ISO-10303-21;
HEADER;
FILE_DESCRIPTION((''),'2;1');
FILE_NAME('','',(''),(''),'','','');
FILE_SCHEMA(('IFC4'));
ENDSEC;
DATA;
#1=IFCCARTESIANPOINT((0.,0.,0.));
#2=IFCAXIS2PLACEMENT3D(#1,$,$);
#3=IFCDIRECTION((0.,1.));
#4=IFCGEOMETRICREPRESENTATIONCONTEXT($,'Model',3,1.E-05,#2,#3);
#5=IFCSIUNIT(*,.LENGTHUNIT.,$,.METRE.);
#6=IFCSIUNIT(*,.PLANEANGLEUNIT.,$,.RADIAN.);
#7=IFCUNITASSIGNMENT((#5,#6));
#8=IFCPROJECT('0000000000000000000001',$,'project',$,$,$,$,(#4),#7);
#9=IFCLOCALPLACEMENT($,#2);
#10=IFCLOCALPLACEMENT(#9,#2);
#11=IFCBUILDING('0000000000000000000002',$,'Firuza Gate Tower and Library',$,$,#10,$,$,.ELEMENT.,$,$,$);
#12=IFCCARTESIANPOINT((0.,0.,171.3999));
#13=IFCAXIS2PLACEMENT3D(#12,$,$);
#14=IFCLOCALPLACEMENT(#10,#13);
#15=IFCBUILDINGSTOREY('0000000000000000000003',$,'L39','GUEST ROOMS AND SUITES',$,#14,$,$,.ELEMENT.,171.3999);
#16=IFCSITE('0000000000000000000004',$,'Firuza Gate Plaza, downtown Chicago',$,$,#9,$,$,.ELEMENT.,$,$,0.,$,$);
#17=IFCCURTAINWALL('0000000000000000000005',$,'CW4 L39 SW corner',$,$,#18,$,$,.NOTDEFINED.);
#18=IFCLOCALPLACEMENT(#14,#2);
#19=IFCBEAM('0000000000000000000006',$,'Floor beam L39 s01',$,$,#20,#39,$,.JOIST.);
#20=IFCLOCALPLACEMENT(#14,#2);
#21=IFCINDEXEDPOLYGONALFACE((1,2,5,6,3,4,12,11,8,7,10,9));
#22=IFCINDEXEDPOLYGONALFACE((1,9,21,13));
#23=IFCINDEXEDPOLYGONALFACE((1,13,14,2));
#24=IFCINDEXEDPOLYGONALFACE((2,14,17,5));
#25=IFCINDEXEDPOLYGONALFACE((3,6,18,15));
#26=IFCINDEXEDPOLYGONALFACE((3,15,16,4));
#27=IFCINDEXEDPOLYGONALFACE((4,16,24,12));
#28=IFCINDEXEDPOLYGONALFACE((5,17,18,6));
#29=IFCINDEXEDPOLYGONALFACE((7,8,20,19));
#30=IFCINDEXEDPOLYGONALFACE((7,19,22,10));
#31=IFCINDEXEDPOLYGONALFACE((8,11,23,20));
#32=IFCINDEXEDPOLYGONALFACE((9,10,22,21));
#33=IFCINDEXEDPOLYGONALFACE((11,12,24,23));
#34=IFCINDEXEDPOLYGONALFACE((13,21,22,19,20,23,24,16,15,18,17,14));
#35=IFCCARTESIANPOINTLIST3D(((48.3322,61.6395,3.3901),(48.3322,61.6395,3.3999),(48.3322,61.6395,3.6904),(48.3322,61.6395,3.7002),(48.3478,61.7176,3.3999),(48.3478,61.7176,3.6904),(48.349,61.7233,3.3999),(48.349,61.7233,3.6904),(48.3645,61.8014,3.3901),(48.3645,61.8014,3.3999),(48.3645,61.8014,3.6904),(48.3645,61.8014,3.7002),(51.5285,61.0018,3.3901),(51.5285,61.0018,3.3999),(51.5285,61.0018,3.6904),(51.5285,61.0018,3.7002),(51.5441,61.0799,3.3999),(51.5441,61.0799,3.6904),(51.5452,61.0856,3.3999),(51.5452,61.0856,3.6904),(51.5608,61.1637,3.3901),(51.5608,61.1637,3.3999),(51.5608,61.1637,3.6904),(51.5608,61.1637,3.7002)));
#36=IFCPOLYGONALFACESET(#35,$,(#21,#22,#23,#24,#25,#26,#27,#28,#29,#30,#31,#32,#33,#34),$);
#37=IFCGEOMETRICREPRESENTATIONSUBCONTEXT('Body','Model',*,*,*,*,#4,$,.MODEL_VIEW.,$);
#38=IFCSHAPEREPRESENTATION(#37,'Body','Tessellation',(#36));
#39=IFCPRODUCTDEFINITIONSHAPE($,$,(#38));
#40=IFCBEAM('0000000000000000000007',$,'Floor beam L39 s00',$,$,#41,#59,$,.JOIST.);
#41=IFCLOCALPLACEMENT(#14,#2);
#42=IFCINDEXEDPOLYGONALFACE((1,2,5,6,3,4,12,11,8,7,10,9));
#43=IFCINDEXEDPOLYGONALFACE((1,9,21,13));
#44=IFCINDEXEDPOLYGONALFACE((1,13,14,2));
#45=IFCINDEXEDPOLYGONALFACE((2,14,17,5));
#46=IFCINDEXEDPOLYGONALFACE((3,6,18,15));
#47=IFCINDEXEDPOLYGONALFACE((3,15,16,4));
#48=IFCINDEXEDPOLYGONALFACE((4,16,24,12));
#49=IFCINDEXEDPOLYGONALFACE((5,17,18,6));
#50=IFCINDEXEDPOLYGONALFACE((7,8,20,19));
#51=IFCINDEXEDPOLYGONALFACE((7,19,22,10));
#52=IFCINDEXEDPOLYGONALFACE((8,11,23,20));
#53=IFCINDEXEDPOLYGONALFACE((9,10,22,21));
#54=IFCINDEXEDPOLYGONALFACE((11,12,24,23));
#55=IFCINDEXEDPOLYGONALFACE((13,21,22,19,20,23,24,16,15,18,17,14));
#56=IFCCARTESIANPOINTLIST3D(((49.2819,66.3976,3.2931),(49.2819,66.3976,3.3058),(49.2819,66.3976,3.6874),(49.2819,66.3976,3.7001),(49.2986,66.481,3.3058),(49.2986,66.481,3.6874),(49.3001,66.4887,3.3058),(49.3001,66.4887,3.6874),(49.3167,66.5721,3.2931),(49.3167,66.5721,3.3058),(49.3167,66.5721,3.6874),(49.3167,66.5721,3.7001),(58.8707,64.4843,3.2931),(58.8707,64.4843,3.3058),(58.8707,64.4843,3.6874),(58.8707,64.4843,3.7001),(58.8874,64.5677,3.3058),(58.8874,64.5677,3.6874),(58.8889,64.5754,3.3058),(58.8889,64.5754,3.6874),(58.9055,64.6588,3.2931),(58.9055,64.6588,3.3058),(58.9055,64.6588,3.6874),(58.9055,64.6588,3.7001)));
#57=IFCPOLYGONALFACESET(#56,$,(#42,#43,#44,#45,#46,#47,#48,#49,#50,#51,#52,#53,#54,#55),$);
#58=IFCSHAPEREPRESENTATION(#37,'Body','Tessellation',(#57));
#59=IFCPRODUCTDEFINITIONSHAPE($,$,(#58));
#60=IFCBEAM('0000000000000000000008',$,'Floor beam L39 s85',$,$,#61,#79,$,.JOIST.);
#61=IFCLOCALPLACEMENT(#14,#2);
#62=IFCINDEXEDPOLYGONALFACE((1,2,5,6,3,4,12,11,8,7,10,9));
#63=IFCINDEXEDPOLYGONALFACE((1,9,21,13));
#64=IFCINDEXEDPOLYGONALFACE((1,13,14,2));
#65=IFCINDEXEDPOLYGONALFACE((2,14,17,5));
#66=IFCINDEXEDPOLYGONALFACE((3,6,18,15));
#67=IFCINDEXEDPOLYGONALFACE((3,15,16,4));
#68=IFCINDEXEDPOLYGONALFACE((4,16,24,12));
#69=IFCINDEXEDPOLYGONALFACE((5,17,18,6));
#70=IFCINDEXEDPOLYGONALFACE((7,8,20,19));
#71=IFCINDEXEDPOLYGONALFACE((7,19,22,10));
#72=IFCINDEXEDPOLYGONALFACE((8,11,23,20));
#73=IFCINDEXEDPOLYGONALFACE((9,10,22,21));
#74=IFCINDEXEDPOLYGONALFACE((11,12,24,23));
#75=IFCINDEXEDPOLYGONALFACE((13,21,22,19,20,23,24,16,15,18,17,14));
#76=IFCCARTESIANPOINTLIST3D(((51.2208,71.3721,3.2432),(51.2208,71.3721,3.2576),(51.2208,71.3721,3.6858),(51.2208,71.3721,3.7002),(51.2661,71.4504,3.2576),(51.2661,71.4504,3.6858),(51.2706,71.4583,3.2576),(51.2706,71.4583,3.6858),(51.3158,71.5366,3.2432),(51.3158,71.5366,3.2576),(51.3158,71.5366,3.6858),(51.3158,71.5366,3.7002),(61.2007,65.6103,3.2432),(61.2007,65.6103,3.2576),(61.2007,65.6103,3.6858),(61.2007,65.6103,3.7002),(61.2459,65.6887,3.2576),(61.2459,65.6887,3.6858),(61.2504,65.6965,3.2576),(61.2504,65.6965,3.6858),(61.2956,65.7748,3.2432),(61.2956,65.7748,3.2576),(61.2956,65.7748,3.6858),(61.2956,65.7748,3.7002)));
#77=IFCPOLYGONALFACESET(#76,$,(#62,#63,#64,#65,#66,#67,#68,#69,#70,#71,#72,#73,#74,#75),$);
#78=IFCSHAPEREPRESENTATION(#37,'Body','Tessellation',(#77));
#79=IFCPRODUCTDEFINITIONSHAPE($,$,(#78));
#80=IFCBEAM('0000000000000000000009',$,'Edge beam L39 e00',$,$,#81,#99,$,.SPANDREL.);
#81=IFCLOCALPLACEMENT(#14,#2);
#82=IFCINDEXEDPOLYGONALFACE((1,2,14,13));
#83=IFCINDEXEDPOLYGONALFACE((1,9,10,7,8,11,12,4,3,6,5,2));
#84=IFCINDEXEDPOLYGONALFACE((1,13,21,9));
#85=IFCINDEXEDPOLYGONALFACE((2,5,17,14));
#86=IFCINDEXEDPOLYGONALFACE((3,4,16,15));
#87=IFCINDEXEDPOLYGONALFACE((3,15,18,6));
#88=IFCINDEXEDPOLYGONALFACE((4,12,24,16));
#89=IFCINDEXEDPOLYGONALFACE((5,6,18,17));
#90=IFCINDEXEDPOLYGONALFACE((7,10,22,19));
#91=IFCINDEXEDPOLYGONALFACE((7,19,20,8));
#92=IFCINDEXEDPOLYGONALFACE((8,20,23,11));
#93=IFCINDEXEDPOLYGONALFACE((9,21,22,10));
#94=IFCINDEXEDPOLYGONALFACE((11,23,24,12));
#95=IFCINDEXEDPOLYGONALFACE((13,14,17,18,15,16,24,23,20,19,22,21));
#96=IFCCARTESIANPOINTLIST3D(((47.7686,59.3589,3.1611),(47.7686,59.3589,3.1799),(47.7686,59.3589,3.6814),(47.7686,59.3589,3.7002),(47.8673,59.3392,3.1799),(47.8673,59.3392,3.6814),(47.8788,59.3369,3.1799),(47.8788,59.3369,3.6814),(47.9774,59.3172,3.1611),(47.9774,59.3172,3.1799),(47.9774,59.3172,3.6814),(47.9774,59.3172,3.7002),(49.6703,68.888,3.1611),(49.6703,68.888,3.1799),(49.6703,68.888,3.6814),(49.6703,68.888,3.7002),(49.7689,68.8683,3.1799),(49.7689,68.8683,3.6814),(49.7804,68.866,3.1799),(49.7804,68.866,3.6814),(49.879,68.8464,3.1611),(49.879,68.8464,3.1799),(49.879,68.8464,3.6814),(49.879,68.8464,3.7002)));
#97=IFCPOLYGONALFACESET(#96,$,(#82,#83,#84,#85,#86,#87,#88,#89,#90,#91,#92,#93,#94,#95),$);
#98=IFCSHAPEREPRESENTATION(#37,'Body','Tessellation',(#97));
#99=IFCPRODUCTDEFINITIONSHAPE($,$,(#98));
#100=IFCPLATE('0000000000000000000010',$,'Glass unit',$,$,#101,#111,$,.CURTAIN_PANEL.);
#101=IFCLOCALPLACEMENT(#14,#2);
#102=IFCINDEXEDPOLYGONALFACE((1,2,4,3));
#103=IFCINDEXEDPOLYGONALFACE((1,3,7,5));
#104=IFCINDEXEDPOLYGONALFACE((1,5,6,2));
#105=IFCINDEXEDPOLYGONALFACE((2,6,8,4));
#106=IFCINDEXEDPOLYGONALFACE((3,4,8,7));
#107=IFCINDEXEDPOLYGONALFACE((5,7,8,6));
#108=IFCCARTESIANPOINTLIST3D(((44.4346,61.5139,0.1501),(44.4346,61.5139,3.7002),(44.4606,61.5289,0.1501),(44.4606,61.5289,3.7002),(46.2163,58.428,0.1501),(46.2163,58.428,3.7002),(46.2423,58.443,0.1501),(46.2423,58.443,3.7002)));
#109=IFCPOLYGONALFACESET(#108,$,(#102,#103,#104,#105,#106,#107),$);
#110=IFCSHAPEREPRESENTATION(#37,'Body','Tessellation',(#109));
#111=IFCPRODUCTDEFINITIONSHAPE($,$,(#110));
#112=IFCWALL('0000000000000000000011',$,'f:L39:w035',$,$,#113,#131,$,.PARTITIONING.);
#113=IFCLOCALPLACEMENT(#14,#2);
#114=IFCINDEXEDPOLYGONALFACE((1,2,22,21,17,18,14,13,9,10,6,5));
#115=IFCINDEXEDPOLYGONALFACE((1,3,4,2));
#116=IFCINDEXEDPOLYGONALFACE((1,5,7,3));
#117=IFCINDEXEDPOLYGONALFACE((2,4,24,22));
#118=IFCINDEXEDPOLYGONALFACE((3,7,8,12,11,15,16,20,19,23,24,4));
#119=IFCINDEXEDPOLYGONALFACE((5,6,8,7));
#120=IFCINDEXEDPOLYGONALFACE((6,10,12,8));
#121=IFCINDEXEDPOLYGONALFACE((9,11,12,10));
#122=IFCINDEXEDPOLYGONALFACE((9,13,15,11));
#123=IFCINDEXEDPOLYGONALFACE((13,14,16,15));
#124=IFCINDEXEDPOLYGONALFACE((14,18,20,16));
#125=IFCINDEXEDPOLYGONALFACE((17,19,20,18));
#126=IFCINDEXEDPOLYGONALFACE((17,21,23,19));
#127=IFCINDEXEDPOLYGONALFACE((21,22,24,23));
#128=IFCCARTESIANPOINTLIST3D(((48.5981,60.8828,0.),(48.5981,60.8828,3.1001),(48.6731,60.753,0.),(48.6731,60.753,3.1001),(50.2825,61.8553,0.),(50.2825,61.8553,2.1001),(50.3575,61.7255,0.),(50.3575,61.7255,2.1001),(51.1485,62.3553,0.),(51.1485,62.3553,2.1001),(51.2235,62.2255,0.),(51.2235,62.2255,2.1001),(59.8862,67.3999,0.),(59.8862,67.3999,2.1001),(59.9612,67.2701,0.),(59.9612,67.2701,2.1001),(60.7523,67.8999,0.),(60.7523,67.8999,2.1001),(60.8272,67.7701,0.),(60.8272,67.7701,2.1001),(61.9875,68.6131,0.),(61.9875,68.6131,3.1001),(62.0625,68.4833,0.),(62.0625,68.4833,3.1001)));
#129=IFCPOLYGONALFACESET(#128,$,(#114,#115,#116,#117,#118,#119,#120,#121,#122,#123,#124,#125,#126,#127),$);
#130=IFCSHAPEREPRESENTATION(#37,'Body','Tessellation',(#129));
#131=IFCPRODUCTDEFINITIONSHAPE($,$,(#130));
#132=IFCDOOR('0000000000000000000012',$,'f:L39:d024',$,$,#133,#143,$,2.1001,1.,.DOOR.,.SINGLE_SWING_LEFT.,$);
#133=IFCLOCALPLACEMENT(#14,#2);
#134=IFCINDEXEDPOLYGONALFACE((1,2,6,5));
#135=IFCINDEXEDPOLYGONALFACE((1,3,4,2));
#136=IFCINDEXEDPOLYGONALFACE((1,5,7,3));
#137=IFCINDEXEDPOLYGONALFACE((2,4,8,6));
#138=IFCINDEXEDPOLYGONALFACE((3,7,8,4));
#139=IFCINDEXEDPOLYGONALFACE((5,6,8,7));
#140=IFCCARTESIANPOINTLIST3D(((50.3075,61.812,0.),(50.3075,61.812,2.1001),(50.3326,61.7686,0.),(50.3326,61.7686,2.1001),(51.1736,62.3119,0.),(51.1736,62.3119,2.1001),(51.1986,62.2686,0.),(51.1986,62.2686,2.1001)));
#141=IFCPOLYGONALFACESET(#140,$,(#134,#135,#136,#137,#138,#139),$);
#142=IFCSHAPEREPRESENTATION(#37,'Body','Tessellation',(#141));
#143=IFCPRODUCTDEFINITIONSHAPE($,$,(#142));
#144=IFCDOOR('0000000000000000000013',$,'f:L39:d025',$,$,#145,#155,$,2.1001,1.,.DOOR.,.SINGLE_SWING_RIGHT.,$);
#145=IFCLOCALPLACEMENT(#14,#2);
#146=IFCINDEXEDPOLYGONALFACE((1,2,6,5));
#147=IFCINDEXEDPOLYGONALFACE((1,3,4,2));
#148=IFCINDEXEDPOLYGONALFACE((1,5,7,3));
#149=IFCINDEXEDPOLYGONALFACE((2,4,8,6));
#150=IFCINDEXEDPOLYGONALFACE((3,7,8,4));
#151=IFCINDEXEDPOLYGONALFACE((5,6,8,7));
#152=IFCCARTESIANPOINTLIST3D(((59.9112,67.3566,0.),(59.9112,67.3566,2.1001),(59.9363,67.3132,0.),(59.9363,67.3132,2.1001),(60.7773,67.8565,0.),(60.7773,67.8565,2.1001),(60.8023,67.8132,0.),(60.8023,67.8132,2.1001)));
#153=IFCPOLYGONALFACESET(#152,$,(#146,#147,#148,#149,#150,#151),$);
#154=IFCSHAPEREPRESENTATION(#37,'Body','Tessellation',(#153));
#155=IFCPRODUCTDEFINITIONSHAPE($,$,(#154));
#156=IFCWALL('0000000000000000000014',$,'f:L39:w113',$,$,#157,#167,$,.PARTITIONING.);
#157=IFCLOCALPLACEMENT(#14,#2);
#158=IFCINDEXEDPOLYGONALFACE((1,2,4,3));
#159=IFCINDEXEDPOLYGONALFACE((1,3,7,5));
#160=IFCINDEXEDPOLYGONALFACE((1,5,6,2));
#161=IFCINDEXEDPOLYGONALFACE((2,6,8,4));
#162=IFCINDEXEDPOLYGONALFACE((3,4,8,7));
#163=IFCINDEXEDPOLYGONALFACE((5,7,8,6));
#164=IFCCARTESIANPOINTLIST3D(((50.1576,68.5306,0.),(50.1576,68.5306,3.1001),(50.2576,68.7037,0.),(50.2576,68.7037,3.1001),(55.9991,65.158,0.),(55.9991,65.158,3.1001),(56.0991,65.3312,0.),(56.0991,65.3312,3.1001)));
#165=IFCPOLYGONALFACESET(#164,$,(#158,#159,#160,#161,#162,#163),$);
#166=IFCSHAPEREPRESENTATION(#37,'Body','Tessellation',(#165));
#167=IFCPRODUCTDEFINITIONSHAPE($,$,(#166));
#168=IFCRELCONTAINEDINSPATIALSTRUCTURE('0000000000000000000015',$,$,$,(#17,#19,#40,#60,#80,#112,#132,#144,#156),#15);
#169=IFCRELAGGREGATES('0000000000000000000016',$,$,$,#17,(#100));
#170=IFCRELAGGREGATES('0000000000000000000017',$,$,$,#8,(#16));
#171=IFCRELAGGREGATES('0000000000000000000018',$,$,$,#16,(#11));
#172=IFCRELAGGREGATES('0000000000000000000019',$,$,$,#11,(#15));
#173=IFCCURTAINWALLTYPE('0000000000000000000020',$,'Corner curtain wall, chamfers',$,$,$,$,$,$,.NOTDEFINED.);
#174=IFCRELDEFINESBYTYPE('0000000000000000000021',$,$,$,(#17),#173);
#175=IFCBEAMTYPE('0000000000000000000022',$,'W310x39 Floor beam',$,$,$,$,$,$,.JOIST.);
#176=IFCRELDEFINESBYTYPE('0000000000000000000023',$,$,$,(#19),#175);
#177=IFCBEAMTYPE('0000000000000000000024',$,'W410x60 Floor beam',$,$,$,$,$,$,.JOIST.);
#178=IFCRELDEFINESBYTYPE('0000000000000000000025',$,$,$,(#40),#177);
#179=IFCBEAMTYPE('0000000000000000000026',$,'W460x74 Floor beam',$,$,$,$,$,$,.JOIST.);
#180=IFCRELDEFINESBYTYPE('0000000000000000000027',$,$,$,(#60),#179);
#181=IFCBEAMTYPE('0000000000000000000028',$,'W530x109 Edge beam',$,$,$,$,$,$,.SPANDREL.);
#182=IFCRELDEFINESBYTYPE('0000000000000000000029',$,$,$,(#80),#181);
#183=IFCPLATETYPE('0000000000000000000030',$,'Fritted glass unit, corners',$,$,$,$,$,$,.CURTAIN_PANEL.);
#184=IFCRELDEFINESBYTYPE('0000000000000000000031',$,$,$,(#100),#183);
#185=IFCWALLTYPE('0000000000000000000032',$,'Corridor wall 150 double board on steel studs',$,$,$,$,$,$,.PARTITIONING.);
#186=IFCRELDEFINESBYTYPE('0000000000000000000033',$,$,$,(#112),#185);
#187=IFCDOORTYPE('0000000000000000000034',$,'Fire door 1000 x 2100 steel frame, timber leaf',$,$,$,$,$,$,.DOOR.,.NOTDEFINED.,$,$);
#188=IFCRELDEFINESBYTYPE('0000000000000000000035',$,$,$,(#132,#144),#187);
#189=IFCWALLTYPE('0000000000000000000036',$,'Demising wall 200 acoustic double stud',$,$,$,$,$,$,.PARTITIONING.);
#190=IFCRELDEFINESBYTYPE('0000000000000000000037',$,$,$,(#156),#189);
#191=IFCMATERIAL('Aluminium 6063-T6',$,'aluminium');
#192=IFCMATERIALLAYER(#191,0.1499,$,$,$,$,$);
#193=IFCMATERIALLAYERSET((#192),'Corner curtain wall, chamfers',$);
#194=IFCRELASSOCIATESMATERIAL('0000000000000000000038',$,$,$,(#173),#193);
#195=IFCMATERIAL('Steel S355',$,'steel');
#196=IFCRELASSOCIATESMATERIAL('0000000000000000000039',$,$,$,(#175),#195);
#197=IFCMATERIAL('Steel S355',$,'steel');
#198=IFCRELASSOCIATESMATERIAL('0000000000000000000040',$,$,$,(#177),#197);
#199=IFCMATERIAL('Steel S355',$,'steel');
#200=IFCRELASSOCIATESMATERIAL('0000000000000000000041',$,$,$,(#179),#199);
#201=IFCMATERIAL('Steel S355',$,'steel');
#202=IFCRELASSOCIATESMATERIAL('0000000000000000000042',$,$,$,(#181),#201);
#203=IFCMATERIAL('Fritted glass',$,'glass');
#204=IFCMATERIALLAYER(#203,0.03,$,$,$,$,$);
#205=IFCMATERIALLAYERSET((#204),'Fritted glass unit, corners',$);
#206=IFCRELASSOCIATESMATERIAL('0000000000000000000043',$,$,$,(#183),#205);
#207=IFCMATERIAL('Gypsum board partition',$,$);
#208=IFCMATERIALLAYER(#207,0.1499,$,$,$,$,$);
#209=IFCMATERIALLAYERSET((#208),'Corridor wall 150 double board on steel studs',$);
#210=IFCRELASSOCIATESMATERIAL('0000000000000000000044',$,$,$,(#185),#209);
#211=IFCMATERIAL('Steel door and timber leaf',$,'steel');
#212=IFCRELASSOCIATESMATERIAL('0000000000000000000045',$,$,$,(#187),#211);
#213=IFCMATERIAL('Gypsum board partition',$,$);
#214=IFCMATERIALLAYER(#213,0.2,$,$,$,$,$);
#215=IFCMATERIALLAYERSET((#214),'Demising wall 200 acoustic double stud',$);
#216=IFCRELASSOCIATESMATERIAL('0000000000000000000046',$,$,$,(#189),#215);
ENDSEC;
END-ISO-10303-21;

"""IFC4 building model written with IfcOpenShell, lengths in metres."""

from ifc_helpers import new_model, si_unit, direction, frame, frame_2d, origin, origin_2d, place, context, subcontext, project, spatial, polyline, rectangle, i_section, outline, extrude, material, layer, layer_set, material_profile, profile_set, type_object, element, fill, aggregate, save


model = new_model("IFC4")

# Units and contexts
model_context = context("Model", 3, precision=1e-05, world=origin(), true_north=direction((0.0, 1.0)))
body_context = subcontext(model_context, "Body", "Model", "MODEL_VIEW")
ifc_project = project(units=[si_unit("LENGTHUNIT", "METRE"), si_unit("PLANEANGLEUNIT", "RADIAN")], contexts=[model_context])

# Site, building, storey
site_placement = place(None, origin())
site = spatial("IfcSite", under=ifc_project, at=site_placement, Name="Firuza Gate Plaza, downtown Chicago", CompositionType="ELEMENT", RefElevation=0.0)
building_placement = place(site_placement, origin())
building = spatial("IfcBuilding", under=site, at=building_placement, Name="Firuza Gate Tower and Library", CompositionType="ELEMENT")
storey_placement = place(building_placement, frame((0.0, 0.0, 171.3999)))
storey = spatial("IfcBuildingStorey", under=building, at=storey_placement, Name="L39", Description="GUEST ROOMS AND SUITES", CompositionType="ELEMENT", Elevation=171.3999)

# Curtain wall
ifc_material_1 = material(Name="Aluminium 6063-T6", Category="aluminium")
ifc_layer_1 = layer(ifc_material_1, 0.1499)
ifc_layer_set_1 = layer_set([ifc_layer_1], Name="Corner curtain wall, chamfers")
curtain_wall_type = type_object("IfcCurtainWallType", Name="Corner curtain wall, chamfers", PredefinedType="NOTDEFINED", material=ifc_layer_set_1)
curtain_wall_placement = place(storey_placement, origin())
curtain_wall = element("IfcCurtainWall", 1, at=curtain_wall_placement, inside=storey, type_object=curtain_wall_type, Name="CW4 L39 SW corner", PredefinedType="NOTDEFINED")

# Beams
ifc_material_2 = material(Name="Steel S355", Category="steel")
ifc_material_profile_1 = material_profile(ifc_material_2, i_section(OverallWidth=0.165, OverallDepth=0.3101, WebThickness=0.0059, FlangeThickness=0.0098, at=origin_2d()))
ifc_profile_set_1 = profile_set([ifc_material_profile_1], Name="Steel S355")
beam_type_1 = type_object("IfcBeamType", Name="W310x39 Floor beam", PredefinedType="JOIST", material=ifc_profile_set_1)
beam_1_placement = place(storey_placement, frame((48.3484, 61.7205, 3.5452), z_axis=(0.980673, -0.195655, 0.0), x_axis=(0.195655, 0.980673, 0.0)))
element("IfcBeam", 2, at=beam_1_placement, inside=storey, type_object=beam_type_1, Name="Floor beam L39 s01", PredefinedType="JOIST", context=body_context, shape_type="SweptSolid", body=[
    extrude(i_section(OverallWidth=0.165, OverallDepth=0.3101, WebThickness=0.0059, FlangeThickness=0.0098, at=origin_2d()), origin(), (0.0, 0.0, 1.0), 3.2593),
])
ifc_material_3 = material(Name="Steel S355", Category="steel")
ifc_material_profile_2 = material_profile(ifc_material_3, i_section(OverallWidth=0.178, OverallDepth=0.407, WebThickness=0.0078, FlangeThickness=0.0127, at=origin_2d()))
ifc_profile_set_2 = profile_set([ifc_material_profile_2], Name="Steel S355")
beam_type_2 = type_object("IfcBeamType", Name="W410x60 Floor beam", PredefinedType="JOIST", material=ifc_profile_set_2)
beam_2_placement = place(storey_placement, frame((49.2993, 66.4849, 3.4966), z_axis=(0.980668, -0.195679, 0.0), x_axis=(0.195679, 0.980668, 0.0)))
element("IfcBeam", 3, at=beam_2_placement, inside=storey, type_object=beam_type_2, Name="Floor beam L39 s00", PredefinedType="JOIST", context=body_context, shape_type="SweptSolid", body=[
    extrude(i_section(OverallWidth=0.178, OverallDepth=0.407, WebThickness=0.0078, FlangeThickness=0.0127, at=origin_2d()), origin(), (0.0, 0.0, 1.0), 9.7778),
])
ifc_material_4 = material(Name="Steel S355", Category="steel")
ifc_material_profile_3 = material_profile(ifc_material_4, i_section(OverallWidth=0.1899, OverallDepth=0.457, WebThickness=0.009, FlangeThickness=0.0144, at=origin_2d()))
ifc_profile_set_3 = profile_set([ifc_material_profile_3], Name="Steel S355")
beam_type_3 = type_object("IfcBeamType", Name="W460x74 Floor beam", PredefinedType="JOIST", material=ifc_profile_set_3)
beam_3_placement = place(storey_placement, frame((51.2683, 71.4543, 3.4717), z_axis=(0.866029, -0.499994, 0.0), x_axis=(0.499994, 0.866029, 0.0)))
element("IfcBeam", 4, at=beam_3_placement, inside=storey, type_object=beam_type_3, Name="Floor beam L39 s85", PredefinedType="JOIST", context=body_context, shape_type="SweptSolid", body=[
    extrude(i_section(OverallWidth=0.1899, OverallDepth=0.457, WebThickness=0.009, FlangeThickness=0.0144, at=origin_2d()), origin(), (0.0, 0.0, 1.0), 11.5237),
])
ifc_material_5 = material(Name="Steel S355", Category="steel")
ifc_material_profile_4 = material_profile(ifc_material_5, i_section(OverallWidth=0.2129, OverallDepth=0.5391, WebThickness=0.0117, FlangeThickness=0.0188, at=origin_2d()))
ifc_profile_set_4 = profile_set([ifc_material_profile_4], Name="Steel S355")
beam_type_4 = type_object("IfcBeamType", Name="W530x109 Edge beam", PredefinedType="SPANDREL", material=ifc_profile_set_4)
beam_4_placement = place(storey_placement, frame((49.7747, 68.8672, 3.4307), z_axis=(-0.195701, -0.980664, 0.0), x_axis=(0.980664, -0.195701, 0.0)))
element("IfcBeam", 5, at=beam_4_placement, inside=storey, type_object=beam_type_4, Name="Edge beam L39 e00", PredefinedType="SPANDREL", context=body_context, shape_type="SweptSolid", body=[
    extrude(i_section(OverallWidth=0.2129, OverallDepth=0.5391, WebThickness=0.0117, FlangeThickness=0.0188, at=origin_2d()), origin(), (0.0, 0.0, 1.0), 9.717),
])

# Plate
ifc_material_6 = material(Name="Fritted glass", Category="glass")
ifc_layer_2 = layer(ifc_material_6, 0.03)
ifc_layer_set_2 = layer_set([ifc_layer_2], Name="Fritted glass unit, corners")
plate_type = type_object("IfcPlateType", Name="Fritted glass unit, corners", PredefinedType="CURTAIN_PANEL", material=ifc_layer_set_2)
plate_placement = place(storey_placement, frame((44.4346, 61.5139, 0.1501), z_axis=(-0.866017, -0.500015, 0.0), x_axis=(0.500015, -0.866017, 0.0)))
plate = element("IfcPlate", 6, at=plate_placement, type_object=plate_type, Name="Glass unit", PredefinedType="CURTAIN_PANEL", context=body_context, shape_type="SweptSolid", body=[
    extrude(outline(polyline([(0.0, 0.0), (3.5634, 0.0), (3.5634, 3.55), (0.0, 3.55), (0.0, 0.0)])), origin(), (0.0, 0.0, -1.0), 0.03),
])
aggregate(curtain_wall, [plate])

# Wall, openings, doors
ifc_material_7 = material(Name="Gypsum board partition")
ifc_layer_3 = layer(ifc_material_7, 0.1499)
ifc_layer_set_3 = layer_set([ifc_layer_3], Name="Corridor wall 150 double board on steel studs")
wall_type_1 = type_object("IfcWallType", Name="Corridor wall 150 double board on steel studs", PredefinedType="PARTITIONING", material=ifc_layer_set_3)
wall_1_placement = place(storey_placement, frame((48.6355, 60.8179, 0.0), z_axis=(0.0, 0.0, 1.0), x_axis=(0.86603, 0.499993, 0.0)))
wall_1 = element("IfcWall", 7, at=wall_1_placement, inside=storey, type_object=wall_type_1, Name="f:L39:w035", PredefinedType="PARTITIONING", context=body_context, shape_type="SweptSolid", body=[
    extrude(rectangle(XDim=15.4607, YDim=0.1499, at=frame_2d((7.7305, 0.0))), origin(), (0.0, 0.0, 1.0), 3.1001),
])
opening_1_placement = place(wall_1_placement, frame((1.9451, 0.0, 0.0)))
opening_1 = element("IfcOpeningElement", 8, at=opening_1_placement, cuts=wall_1, PredefinedType="OPENING", context=body_context, shape_type="SweptSolid", body=[
    extrude(rectangle(XDim=1.0, YDim=2.1001, at=frame_2d((0.5, 1.05))), frame((0.0, 0.085, 0.0), z_axis=(0.0, -1.0, 0.0), x_axis=(1.0, 0.0, 0.0)), (0.0, 0.0, 1.0), 0.1699),
])
opening_2_placement = place(wall_1_placement, frame((13.0344, 0.0, 0.0)))
opening_2 = element("IfcOpeningElement", 9, at=opening_2_placement, cuts=wall_1, PredefinedType="OPENING", context=body_context, shape_type="SweptSolid", body=[
    extrude(rectangle(XDim=1.0, YDim=2.1001, at=frame_2d((0.5, 1.05))), frame((0.0, 0.085, 0.0), z_axis=(0.0, -1.0, 0.0), x_axis=(1.0, 0.0, 0.0)), (0.0, 0.0, 1.0), 0.1699),
])
ifc_material_8 = material(Name="Steel door and timber leaf", Category="steel")
door_type_1 = type_object("IfcDoorType", Name="Fire door 1000 x 2100 steel frame, timber leaf", OperationType="NOTDEFINED", PredefinedType="DOOR", material=ifc_material_8)
door_1_placement = place(opening_1_placement, origin())
door_1 = element("IfcDoor", 10, at=door_1_placement, inside=storey, type_object=door_type_1, Name="f:L39:d024", OperationType="SINGLE_SWING_LEFT", OverallHeight=2.1001, OverallWidth=1.0, PredefinedType="DOOR", context=body_context, shape_type="SweptSolid", body=[
    extrude(rectangle(XDim=1.0, YDim=2.1001, at=frame_2d((0.5, 1.05))), frame((0.0, 0.0249, 0.0), z_axis=(0.0, -1.0, 0.0), x_axis=(1.0, 0.0, 0.0)), (0.0, 0.0, 1.0), 0.05),
])
fill(opening_1, door_1)
door_2_placement = place(opening_2_placement, origin())
door_2 = element("IfcDoor", 11, at=door_2_placement, inside=storey, type_object=door_type_1, Name="f:L39:d025", OperationType="SINGLE_SWING_RIGHT", OverallHeight=2.1001, OverallWidth=1.0, PredefinedType="DOOR", context=body_context, shape_type="SweptSolid", body=[
    extrude(rectangle(XDim=1.0, YDim=2.1001, at=frame_2d((0.5, 1.05))), frame((0.0, 0.0249, 0.0), z_axis=(0.0, -1.0, 0.0), x_axis=(1.0, 0.0, 0.0)), (0.0, 0.0, 1.0), 0.05),
])
fill(opening_2, door_2)

# Wall
ifc_material_9 = material(Name="Gypsum board partition")
ifc_layer_4 = layer(ifc_material_9, 0.2)
ifc_layer_set_4 = layer_set([ifc_layer_4], Name="Demising wall 200 acoustic double stud")
wall_type_2 = type_object("IfcWallType", Name="Demising wall 200 acoustic double stud", PredefinedType="PARTITIONING", material=ifc_layer_set_4)
wall_2_placement = place(storey_placement, frame((56.0491, 65.2446, 0.0), z_axis=(0.0, 0.0, 1.0), x_axis=(-0.866029, 0.499993, 0.0)))
element("IfcWall", 12, at=wall_2_placement, inside=storey, type_object=wall_type_2, Name="f:L39:w113", PredefinedType="PARTITIONING", context=body_context, shape_type="SweptSolid", body=[
    extrude(rectangle(XDim=6.7451, YDim=0.2, at=frame_2d((3.3726, 0.0))), origin(), (0.0, 0.0, 1.0), 3.1001),
])

save(model, "model.ifc")
